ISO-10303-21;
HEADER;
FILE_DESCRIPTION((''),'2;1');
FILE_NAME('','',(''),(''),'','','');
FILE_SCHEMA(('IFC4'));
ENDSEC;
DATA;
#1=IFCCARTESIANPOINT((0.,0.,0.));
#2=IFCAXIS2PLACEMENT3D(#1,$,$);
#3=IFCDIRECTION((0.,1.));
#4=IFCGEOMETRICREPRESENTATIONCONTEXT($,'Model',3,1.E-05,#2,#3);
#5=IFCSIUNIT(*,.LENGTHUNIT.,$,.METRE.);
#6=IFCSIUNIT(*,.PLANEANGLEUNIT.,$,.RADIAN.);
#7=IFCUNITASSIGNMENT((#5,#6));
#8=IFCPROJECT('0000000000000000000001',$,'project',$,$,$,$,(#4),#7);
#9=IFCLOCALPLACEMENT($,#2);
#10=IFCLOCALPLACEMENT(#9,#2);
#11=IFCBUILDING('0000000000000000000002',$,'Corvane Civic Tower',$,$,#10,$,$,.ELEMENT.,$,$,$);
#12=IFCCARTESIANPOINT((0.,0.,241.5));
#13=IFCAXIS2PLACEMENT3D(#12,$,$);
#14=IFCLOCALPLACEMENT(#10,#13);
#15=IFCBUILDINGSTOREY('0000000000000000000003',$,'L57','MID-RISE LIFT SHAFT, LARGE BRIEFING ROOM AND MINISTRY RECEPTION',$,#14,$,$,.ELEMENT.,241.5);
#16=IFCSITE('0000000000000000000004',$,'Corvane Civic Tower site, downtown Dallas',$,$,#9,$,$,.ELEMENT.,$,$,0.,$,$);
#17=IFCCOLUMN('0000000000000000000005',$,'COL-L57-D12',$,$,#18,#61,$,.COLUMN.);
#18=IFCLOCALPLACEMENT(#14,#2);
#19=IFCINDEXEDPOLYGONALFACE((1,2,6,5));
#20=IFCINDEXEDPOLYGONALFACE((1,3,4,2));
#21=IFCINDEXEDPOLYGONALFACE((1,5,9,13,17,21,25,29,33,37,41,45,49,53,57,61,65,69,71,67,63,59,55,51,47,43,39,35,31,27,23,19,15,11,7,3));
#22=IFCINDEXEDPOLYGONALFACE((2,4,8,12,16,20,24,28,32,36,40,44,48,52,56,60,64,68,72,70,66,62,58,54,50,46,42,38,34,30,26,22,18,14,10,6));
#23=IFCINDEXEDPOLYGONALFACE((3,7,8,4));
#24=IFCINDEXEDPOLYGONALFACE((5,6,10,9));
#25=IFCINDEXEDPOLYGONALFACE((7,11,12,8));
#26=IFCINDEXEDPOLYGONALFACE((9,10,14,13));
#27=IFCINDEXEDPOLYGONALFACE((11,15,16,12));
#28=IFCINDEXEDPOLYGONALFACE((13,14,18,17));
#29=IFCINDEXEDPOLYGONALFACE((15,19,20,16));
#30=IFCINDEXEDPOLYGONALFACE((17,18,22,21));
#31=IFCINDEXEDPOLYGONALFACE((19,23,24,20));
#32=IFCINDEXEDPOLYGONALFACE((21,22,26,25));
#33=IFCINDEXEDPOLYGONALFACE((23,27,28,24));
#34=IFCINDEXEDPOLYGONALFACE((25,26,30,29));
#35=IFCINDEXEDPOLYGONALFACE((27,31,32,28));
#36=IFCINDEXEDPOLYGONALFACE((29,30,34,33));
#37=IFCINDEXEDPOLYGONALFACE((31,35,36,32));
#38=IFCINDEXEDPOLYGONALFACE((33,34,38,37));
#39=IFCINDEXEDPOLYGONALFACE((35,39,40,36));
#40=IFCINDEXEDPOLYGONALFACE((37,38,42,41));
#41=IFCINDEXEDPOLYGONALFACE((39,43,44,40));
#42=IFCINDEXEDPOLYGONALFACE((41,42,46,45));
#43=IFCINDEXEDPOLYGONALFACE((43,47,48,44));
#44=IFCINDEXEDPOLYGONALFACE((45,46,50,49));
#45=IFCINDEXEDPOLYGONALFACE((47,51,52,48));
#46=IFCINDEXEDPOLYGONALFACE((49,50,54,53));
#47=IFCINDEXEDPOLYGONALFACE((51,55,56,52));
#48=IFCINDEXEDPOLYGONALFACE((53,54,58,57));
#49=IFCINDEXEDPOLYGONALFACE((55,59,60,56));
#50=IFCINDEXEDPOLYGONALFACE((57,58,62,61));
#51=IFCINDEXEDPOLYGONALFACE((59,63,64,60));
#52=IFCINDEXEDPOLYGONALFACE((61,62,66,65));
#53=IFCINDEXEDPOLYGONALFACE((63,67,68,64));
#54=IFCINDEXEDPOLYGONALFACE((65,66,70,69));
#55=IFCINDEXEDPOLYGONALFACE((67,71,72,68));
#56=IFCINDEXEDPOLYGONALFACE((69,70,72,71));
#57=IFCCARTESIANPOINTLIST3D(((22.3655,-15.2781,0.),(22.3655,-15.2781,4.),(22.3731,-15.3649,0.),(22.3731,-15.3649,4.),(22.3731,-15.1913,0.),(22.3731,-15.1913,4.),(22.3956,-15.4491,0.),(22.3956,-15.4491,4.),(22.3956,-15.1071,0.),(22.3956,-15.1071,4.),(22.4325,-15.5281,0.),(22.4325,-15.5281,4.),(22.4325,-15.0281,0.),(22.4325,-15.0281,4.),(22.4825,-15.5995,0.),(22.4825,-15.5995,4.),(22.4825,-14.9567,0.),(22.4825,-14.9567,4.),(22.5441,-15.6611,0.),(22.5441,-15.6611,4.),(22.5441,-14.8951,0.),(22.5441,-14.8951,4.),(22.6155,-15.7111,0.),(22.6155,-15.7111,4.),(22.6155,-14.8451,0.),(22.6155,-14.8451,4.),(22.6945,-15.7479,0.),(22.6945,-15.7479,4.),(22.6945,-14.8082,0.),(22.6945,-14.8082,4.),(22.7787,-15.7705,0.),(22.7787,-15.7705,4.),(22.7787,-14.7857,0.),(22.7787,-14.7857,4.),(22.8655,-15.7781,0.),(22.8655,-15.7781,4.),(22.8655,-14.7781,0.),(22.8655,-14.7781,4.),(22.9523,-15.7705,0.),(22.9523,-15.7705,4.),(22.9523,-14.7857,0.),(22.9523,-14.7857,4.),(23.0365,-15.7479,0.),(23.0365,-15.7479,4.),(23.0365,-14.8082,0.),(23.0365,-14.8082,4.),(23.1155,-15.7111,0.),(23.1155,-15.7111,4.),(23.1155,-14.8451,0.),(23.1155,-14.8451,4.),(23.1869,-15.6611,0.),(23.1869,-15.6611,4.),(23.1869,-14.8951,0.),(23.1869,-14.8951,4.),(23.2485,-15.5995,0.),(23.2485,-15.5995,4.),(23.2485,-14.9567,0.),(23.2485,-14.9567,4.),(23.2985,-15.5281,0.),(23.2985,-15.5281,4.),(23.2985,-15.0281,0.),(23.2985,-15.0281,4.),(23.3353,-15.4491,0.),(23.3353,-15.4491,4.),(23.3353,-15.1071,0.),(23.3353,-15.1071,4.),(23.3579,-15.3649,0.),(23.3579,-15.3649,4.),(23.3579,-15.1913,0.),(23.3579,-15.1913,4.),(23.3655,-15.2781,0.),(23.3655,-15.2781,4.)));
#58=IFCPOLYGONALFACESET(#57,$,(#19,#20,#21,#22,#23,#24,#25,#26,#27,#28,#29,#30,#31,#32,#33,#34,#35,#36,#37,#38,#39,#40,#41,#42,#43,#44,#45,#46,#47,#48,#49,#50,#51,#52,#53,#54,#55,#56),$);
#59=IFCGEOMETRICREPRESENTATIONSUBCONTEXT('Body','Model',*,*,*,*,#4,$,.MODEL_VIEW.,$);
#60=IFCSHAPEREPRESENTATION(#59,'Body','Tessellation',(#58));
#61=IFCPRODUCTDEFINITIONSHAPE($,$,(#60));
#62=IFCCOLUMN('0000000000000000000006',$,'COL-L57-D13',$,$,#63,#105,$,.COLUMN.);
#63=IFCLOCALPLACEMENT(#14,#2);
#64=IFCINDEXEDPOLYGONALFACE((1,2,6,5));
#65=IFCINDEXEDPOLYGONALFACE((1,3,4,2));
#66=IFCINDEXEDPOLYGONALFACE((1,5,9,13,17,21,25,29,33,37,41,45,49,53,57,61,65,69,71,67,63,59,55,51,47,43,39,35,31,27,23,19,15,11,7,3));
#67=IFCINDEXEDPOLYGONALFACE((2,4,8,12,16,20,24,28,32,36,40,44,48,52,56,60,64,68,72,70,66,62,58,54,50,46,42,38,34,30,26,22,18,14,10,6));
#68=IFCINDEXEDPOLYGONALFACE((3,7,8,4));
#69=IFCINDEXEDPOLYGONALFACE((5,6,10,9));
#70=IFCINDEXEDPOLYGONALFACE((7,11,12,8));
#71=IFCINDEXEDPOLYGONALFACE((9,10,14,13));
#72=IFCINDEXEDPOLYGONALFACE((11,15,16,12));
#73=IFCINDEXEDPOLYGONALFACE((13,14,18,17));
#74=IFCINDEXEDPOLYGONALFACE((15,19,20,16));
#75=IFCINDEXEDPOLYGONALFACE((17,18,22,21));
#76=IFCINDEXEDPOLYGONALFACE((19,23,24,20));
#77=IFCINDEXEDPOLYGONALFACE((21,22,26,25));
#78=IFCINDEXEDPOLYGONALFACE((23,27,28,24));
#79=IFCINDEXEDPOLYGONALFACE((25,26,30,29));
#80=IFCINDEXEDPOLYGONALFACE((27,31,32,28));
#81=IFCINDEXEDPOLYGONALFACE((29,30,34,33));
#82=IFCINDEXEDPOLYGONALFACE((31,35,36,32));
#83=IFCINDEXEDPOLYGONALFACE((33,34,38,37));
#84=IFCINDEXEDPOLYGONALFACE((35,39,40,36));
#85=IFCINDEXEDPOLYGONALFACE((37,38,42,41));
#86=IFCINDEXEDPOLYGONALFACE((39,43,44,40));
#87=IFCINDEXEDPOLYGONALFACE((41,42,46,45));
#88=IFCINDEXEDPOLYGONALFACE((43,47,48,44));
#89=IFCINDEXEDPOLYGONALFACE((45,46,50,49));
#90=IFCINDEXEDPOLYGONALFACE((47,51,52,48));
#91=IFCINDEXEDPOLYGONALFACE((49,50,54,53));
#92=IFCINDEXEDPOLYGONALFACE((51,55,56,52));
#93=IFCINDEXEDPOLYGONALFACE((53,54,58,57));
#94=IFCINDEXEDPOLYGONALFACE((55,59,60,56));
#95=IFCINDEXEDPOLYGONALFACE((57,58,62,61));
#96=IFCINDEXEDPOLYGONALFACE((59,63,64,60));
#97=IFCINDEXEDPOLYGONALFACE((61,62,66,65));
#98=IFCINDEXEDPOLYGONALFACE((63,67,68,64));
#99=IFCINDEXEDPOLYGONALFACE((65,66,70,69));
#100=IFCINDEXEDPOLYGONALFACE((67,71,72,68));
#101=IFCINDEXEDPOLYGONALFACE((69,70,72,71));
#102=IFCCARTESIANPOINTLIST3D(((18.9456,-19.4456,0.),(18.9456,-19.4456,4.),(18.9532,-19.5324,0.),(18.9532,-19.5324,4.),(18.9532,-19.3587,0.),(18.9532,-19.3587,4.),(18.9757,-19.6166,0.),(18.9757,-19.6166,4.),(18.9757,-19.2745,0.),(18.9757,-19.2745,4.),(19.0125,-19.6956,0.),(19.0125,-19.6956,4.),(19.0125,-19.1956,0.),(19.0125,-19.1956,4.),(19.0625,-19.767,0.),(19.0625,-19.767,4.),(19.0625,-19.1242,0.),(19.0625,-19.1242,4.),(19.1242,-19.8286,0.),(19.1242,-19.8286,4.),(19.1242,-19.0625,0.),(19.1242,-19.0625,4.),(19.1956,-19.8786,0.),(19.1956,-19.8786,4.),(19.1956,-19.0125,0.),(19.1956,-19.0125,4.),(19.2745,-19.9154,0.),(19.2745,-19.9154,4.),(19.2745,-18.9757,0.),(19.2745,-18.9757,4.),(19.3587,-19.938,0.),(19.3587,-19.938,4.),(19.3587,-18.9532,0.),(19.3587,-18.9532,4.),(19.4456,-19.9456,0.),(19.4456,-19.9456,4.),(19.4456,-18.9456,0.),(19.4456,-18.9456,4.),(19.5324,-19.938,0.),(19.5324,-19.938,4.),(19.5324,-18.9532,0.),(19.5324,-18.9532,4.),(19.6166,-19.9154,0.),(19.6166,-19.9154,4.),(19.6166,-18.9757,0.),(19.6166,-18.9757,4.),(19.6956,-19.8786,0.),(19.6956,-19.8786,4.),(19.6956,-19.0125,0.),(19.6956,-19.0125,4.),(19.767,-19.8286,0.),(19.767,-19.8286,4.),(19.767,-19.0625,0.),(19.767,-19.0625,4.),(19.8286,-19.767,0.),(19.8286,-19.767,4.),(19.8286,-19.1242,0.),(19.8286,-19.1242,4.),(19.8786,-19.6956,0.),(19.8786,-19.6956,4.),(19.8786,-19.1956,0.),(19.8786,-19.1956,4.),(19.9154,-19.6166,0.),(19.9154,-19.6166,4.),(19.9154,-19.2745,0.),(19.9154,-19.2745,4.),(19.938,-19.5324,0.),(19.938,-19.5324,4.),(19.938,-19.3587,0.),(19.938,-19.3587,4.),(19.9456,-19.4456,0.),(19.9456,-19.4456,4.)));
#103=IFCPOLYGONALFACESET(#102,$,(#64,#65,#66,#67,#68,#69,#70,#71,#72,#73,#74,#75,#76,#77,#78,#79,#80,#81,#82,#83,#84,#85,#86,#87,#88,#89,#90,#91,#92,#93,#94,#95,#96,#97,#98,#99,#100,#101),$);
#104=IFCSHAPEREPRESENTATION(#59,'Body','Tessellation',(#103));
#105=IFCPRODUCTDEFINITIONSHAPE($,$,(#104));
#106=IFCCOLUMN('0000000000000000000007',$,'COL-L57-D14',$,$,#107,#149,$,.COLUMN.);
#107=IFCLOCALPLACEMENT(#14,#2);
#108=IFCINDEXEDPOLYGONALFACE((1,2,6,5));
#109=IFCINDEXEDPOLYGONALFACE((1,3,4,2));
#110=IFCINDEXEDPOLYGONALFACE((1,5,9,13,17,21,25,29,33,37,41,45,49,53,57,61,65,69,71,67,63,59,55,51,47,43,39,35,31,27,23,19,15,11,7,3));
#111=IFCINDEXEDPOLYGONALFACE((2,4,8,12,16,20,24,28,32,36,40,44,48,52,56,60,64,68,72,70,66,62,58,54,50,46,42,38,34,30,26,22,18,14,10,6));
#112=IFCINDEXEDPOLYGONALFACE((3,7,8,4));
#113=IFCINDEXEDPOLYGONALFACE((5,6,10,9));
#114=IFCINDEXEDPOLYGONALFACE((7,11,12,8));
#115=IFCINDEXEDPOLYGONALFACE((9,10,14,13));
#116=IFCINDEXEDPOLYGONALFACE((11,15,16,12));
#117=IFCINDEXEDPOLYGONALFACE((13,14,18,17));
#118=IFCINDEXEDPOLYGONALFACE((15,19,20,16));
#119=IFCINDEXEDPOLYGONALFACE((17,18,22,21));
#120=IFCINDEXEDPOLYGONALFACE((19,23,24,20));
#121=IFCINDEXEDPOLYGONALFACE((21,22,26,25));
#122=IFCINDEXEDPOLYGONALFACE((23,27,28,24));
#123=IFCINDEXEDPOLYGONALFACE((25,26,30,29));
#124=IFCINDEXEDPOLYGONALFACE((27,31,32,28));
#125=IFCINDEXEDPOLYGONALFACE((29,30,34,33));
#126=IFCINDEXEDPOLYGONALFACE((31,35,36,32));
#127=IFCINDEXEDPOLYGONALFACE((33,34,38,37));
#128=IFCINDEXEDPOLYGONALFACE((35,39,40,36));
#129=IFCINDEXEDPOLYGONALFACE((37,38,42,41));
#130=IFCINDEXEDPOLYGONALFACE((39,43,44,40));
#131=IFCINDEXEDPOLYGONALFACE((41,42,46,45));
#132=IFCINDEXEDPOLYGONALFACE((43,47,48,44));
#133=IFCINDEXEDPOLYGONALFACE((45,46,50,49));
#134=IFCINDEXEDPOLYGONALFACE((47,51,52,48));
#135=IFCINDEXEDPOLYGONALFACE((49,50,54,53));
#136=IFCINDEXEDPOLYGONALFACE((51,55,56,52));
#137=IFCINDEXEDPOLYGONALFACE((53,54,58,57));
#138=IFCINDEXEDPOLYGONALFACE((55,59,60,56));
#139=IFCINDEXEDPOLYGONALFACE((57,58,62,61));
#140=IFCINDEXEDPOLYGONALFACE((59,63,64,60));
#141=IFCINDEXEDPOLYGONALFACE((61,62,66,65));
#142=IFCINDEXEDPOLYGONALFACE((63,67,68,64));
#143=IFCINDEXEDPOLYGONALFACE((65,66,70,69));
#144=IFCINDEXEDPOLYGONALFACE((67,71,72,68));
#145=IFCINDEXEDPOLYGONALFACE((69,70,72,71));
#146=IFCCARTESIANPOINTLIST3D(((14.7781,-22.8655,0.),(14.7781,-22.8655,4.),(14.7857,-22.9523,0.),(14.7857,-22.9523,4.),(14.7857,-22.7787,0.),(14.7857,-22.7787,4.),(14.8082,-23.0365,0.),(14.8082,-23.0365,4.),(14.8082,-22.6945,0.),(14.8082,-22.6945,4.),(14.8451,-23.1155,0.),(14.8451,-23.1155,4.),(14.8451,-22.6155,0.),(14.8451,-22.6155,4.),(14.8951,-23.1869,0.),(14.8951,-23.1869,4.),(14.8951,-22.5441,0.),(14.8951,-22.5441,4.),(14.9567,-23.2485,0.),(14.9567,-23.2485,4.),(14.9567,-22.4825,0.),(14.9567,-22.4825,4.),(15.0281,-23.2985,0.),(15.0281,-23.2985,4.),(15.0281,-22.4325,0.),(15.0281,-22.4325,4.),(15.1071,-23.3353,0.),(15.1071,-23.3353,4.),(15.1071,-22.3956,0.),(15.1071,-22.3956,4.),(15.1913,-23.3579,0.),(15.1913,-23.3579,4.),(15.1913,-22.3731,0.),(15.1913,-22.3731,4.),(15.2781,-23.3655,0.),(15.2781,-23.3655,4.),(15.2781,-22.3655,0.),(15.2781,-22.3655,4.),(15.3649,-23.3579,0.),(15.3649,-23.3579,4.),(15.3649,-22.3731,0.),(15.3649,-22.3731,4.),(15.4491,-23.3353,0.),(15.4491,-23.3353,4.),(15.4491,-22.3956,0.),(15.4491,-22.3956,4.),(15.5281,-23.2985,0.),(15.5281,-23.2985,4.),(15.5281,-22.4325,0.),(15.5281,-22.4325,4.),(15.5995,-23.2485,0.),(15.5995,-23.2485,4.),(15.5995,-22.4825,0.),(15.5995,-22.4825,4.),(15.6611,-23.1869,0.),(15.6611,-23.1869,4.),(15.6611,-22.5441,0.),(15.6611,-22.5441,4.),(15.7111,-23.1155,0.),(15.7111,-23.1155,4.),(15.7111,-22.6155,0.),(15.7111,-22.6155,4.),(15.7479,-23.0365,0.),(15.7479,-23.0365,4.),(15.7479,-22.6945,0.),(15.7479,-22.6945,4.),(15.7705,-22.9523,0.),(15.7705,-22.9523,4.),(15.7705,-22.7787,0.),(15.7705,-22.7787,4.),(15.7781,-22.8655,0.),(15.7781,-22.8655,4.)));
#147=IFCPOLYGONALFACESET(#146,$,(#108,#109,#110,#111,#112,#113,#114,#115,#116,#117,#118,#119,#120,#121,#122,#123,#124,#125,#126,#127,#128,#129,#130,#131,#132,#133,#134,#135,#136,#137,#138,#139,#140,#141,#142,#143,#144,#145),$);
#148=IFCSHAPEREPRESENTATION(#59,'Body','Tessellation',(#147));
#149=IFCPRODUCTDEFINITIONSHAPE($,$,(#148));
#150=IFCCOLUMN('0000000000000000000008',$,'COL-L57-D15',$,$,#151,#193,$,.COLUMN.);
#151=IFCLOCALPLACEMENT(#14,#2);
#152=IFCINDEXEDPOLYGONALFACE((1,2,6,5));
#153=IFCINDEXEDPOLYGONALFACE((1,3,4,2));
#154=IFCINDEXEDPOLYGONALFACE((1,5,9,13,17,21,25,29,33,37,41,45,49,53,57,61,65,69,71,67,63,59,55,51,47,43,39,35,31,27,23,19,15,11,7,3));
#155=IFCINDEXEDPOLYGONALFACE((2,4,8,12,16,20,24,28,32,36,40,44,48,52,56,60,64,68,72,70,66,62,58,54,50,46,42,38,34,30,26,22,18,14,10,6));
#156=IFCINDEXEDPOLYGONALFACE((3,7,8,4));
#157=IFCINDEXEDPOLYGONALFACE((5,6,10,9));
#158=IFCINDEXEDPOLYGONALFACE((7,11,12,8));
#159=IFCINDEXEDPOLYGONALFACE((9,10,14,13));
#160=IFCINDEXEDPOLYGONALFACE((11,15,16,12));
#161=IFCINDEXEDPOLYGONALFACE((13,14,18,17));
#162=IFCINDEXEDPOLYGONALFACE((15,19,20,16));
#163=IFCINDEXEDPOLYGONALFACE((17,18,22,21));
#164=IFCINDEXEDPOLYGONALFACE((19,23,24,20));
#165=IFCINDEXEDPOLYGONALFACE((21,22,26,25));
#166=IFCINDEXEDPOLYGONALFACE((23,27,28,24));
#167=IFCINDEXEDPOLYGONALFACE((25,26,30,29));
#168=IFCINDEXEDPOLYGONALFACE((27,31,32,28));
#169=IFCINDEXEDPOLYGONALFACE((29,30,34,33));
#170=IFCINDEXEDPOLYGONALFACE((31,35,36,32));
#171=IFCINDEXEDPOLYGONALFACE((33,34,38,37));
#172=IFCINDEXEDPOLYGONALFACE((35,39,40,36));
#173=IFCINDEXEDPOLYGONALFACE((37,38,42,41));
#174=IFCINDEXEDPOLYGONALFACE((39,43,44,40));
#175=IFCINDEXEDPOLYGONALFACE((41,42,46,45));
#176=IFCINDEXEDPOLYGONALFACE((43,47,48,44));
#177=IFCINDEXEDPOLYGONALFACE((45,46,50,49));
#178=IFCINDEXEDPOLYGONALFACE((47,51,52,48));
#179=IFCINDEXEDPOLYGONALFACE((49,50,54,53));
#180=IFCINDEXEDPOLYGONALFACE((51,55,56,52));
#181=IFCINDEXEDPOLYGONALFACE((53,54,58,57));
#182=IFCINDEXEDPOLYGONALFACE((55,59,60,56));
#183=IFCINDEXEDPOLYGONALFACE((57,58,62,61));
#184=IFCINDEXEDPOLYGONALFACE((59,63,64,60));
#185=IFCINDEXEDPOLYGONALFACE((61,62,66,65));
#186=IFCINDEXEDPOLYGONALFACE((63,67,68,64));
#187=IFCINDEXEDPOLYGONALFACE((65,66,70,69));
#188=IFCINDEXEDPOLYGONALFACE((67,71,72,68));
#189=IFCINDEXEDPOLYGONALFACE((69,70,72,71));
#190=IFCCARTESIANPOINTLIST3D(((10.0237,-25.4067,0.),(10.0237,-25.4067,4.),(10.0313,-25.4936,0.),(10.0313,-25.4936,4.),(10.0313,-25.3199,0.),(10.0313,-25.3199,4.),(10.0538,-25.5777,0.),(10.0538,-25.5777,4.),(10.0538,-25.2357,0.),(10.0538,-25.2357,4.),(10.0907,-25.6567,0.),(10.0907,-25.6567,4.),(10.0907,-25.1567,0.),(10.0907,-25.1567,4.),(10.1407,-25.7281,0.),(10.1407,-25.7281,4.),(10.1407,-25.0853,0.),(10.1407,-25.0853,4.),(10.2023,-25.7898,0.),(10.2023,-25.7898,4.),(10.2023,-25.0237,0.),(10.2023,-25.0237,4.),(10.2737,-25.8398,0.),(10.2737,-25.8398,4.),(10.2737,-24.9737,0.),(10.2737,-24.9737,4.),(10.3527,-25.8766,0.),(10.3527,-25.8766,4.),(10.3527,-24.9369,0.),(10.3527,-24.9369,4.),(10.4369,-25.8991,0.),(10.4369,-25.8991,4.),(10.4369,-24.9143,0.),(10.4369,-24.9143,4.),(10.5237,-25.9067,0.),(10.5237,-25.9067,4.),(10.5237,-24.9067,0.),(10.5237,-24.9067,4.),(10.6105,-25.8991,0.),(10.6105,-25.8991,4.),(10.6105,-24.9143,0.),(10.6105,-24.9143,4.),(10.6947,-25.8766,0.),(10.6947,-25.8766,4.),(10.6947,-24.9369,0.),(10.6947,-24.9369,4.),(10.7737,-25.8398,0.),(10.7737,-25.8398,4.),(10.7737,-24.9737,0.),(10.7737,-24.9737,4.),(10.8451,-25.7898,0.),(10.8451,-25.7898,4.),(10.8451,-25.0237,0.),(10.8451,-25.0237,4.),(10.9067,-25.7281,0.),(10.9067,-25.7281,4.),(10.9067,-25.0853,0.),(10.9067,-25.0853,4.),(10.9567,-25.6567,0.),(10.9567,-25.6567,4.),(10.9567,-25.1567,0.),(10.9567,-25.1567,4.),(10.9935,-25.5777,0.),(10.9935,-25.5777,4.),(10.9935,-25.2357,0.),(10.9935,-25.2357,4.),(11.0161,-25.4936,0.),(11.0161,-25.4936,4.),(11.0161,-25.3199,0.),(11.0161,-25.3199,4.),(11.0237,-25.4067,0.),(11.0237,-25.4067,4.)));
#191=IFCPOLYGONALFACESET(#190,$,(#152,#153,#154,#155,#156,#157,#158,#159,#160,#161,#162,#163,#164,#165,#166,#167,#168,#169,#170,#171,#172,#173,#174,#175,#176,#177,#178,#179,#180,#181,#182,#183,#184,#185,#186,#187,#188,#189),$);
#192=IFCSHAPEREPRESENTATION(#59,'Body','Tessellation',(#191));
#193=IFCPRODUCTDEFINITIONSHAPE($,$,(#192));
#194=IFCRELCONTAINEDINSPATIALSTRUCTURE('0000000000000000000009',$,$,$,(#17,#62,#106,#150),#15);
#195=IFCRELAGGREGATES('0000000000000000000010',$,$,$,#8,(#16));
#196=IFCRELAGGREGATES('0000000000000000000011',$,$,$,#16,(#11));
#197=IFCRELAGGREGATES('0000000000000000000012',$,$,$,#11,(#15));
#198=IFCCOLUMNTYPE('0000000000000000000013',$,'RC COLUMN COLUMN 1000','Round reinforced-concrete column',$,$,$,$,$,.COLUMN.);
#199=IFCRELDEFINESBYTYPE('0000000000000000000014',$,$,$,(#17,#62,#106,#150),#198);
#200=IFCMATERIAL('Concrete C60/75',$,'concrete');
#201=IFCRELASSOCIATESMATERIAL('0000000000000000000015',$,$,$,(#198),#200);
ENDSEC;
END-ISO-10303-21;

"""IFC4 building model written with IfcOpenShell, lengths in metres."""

from ifc_helpers import new_model, si_unit, direction, frame, origin, origin_2d, place, context, subcontext, project, spatial, circle, extrude, material, material_profile, profile_set, type_object, element, save


model = new_model("IFC4")

# Units and contexts
model_context = context("Model", 3, precision=1e-05, world=origin(), true_north=direction((0.0, 1.0)))
body_context = subcontext(model_context, "Body", "Model", "MODEL_VIEW")
ifc_project = project(units=[si_unit("LENGTHUNIT", "METRE"), si_unit("PLANEANGLEUNIT", "RADIAN")], contexts=[model_context])

# Site, building, storey
site_placement = place(None, origin())
site = spatial("IfcSite", under=ifc_project, at=site_placement, Name="Corvane Civic Tower site, downtown Dallas", CompositionType="ELEMENT", RefElevation=0.0)
building_placement = place(site_placement, origin())
building = spatial("IfcBuilding", under=site, at=building_placement, Name="Corvane Civic Tower", CompositionType="ELEMENT")
storey_placement = place(building_placement, frame((0.0, 0.0, 241.5)))
storey = spatial("IfcBuildingStorey", under=building, at=storey_placement, Name="L57", Description="MID-RISE LIFT SHAFT, LARGE BRIEFING ROOM AND MINISTRY RECEPTION", CompositionType="ELEMENT", Elevation=241.5)

# Columns
ifc_material_1 = material(Name="Concrete C60/75", Category="concrete")
ifc_material_profile_1 = material_profile(ifc_material_1, circle(Radius=0.5, at=origin_2d()), Name="COLUMN 1000")
ifc_profile_set_1 = profile_set([ifc_material_profile_1], Name="Concrete C60/75")
column_type = type_object("IfcColumnType", Name="RC COLUMN COLUMN 1000", Description="Round reinforced-concrete column", PredefinedType="COLUMN", material=ifc_profile_set_1)
for number, where, z_axis, x_axis, name in (
    (1, (22.8655, -15.2781, 0.0), (0.0, 0.0, 1.0), (1.0, 0.0, 0.0), "COL-L57-D12"),
    (2, (19.4456, -19.4456, 0.0), (0.0, 0.0, 1.0), (1.0, 0.0, 0.0), "COL-L57-D13"),
    (3, (15.2781, -22.8655, 0.0), (0.0, 0.0, 1.0), (1.0, 0.0, 0.0), "COL-L57-D14"),
    (4, (10.5237, -25.4067, 0.0), (0.0, 0.0, 1.0), (1.0, 0.0, 0.0), "COL-L57-D15"),
):
    element("IfcColumn", number, at=place(storey_placement, frame(where, z_axis=z_axis, x_axis=x_axis)), inside=storey, type_object=column_type, Name=name, PredefinedType="COLUMN", context=body_context, shape_type="SweptSolid", body=[
        extrude(circle(Radius=0.5, at=origin_2d()), origin(), (0.0, 0.0, 1.0), 4.0),
    ])

save(model, "model.ifc")
